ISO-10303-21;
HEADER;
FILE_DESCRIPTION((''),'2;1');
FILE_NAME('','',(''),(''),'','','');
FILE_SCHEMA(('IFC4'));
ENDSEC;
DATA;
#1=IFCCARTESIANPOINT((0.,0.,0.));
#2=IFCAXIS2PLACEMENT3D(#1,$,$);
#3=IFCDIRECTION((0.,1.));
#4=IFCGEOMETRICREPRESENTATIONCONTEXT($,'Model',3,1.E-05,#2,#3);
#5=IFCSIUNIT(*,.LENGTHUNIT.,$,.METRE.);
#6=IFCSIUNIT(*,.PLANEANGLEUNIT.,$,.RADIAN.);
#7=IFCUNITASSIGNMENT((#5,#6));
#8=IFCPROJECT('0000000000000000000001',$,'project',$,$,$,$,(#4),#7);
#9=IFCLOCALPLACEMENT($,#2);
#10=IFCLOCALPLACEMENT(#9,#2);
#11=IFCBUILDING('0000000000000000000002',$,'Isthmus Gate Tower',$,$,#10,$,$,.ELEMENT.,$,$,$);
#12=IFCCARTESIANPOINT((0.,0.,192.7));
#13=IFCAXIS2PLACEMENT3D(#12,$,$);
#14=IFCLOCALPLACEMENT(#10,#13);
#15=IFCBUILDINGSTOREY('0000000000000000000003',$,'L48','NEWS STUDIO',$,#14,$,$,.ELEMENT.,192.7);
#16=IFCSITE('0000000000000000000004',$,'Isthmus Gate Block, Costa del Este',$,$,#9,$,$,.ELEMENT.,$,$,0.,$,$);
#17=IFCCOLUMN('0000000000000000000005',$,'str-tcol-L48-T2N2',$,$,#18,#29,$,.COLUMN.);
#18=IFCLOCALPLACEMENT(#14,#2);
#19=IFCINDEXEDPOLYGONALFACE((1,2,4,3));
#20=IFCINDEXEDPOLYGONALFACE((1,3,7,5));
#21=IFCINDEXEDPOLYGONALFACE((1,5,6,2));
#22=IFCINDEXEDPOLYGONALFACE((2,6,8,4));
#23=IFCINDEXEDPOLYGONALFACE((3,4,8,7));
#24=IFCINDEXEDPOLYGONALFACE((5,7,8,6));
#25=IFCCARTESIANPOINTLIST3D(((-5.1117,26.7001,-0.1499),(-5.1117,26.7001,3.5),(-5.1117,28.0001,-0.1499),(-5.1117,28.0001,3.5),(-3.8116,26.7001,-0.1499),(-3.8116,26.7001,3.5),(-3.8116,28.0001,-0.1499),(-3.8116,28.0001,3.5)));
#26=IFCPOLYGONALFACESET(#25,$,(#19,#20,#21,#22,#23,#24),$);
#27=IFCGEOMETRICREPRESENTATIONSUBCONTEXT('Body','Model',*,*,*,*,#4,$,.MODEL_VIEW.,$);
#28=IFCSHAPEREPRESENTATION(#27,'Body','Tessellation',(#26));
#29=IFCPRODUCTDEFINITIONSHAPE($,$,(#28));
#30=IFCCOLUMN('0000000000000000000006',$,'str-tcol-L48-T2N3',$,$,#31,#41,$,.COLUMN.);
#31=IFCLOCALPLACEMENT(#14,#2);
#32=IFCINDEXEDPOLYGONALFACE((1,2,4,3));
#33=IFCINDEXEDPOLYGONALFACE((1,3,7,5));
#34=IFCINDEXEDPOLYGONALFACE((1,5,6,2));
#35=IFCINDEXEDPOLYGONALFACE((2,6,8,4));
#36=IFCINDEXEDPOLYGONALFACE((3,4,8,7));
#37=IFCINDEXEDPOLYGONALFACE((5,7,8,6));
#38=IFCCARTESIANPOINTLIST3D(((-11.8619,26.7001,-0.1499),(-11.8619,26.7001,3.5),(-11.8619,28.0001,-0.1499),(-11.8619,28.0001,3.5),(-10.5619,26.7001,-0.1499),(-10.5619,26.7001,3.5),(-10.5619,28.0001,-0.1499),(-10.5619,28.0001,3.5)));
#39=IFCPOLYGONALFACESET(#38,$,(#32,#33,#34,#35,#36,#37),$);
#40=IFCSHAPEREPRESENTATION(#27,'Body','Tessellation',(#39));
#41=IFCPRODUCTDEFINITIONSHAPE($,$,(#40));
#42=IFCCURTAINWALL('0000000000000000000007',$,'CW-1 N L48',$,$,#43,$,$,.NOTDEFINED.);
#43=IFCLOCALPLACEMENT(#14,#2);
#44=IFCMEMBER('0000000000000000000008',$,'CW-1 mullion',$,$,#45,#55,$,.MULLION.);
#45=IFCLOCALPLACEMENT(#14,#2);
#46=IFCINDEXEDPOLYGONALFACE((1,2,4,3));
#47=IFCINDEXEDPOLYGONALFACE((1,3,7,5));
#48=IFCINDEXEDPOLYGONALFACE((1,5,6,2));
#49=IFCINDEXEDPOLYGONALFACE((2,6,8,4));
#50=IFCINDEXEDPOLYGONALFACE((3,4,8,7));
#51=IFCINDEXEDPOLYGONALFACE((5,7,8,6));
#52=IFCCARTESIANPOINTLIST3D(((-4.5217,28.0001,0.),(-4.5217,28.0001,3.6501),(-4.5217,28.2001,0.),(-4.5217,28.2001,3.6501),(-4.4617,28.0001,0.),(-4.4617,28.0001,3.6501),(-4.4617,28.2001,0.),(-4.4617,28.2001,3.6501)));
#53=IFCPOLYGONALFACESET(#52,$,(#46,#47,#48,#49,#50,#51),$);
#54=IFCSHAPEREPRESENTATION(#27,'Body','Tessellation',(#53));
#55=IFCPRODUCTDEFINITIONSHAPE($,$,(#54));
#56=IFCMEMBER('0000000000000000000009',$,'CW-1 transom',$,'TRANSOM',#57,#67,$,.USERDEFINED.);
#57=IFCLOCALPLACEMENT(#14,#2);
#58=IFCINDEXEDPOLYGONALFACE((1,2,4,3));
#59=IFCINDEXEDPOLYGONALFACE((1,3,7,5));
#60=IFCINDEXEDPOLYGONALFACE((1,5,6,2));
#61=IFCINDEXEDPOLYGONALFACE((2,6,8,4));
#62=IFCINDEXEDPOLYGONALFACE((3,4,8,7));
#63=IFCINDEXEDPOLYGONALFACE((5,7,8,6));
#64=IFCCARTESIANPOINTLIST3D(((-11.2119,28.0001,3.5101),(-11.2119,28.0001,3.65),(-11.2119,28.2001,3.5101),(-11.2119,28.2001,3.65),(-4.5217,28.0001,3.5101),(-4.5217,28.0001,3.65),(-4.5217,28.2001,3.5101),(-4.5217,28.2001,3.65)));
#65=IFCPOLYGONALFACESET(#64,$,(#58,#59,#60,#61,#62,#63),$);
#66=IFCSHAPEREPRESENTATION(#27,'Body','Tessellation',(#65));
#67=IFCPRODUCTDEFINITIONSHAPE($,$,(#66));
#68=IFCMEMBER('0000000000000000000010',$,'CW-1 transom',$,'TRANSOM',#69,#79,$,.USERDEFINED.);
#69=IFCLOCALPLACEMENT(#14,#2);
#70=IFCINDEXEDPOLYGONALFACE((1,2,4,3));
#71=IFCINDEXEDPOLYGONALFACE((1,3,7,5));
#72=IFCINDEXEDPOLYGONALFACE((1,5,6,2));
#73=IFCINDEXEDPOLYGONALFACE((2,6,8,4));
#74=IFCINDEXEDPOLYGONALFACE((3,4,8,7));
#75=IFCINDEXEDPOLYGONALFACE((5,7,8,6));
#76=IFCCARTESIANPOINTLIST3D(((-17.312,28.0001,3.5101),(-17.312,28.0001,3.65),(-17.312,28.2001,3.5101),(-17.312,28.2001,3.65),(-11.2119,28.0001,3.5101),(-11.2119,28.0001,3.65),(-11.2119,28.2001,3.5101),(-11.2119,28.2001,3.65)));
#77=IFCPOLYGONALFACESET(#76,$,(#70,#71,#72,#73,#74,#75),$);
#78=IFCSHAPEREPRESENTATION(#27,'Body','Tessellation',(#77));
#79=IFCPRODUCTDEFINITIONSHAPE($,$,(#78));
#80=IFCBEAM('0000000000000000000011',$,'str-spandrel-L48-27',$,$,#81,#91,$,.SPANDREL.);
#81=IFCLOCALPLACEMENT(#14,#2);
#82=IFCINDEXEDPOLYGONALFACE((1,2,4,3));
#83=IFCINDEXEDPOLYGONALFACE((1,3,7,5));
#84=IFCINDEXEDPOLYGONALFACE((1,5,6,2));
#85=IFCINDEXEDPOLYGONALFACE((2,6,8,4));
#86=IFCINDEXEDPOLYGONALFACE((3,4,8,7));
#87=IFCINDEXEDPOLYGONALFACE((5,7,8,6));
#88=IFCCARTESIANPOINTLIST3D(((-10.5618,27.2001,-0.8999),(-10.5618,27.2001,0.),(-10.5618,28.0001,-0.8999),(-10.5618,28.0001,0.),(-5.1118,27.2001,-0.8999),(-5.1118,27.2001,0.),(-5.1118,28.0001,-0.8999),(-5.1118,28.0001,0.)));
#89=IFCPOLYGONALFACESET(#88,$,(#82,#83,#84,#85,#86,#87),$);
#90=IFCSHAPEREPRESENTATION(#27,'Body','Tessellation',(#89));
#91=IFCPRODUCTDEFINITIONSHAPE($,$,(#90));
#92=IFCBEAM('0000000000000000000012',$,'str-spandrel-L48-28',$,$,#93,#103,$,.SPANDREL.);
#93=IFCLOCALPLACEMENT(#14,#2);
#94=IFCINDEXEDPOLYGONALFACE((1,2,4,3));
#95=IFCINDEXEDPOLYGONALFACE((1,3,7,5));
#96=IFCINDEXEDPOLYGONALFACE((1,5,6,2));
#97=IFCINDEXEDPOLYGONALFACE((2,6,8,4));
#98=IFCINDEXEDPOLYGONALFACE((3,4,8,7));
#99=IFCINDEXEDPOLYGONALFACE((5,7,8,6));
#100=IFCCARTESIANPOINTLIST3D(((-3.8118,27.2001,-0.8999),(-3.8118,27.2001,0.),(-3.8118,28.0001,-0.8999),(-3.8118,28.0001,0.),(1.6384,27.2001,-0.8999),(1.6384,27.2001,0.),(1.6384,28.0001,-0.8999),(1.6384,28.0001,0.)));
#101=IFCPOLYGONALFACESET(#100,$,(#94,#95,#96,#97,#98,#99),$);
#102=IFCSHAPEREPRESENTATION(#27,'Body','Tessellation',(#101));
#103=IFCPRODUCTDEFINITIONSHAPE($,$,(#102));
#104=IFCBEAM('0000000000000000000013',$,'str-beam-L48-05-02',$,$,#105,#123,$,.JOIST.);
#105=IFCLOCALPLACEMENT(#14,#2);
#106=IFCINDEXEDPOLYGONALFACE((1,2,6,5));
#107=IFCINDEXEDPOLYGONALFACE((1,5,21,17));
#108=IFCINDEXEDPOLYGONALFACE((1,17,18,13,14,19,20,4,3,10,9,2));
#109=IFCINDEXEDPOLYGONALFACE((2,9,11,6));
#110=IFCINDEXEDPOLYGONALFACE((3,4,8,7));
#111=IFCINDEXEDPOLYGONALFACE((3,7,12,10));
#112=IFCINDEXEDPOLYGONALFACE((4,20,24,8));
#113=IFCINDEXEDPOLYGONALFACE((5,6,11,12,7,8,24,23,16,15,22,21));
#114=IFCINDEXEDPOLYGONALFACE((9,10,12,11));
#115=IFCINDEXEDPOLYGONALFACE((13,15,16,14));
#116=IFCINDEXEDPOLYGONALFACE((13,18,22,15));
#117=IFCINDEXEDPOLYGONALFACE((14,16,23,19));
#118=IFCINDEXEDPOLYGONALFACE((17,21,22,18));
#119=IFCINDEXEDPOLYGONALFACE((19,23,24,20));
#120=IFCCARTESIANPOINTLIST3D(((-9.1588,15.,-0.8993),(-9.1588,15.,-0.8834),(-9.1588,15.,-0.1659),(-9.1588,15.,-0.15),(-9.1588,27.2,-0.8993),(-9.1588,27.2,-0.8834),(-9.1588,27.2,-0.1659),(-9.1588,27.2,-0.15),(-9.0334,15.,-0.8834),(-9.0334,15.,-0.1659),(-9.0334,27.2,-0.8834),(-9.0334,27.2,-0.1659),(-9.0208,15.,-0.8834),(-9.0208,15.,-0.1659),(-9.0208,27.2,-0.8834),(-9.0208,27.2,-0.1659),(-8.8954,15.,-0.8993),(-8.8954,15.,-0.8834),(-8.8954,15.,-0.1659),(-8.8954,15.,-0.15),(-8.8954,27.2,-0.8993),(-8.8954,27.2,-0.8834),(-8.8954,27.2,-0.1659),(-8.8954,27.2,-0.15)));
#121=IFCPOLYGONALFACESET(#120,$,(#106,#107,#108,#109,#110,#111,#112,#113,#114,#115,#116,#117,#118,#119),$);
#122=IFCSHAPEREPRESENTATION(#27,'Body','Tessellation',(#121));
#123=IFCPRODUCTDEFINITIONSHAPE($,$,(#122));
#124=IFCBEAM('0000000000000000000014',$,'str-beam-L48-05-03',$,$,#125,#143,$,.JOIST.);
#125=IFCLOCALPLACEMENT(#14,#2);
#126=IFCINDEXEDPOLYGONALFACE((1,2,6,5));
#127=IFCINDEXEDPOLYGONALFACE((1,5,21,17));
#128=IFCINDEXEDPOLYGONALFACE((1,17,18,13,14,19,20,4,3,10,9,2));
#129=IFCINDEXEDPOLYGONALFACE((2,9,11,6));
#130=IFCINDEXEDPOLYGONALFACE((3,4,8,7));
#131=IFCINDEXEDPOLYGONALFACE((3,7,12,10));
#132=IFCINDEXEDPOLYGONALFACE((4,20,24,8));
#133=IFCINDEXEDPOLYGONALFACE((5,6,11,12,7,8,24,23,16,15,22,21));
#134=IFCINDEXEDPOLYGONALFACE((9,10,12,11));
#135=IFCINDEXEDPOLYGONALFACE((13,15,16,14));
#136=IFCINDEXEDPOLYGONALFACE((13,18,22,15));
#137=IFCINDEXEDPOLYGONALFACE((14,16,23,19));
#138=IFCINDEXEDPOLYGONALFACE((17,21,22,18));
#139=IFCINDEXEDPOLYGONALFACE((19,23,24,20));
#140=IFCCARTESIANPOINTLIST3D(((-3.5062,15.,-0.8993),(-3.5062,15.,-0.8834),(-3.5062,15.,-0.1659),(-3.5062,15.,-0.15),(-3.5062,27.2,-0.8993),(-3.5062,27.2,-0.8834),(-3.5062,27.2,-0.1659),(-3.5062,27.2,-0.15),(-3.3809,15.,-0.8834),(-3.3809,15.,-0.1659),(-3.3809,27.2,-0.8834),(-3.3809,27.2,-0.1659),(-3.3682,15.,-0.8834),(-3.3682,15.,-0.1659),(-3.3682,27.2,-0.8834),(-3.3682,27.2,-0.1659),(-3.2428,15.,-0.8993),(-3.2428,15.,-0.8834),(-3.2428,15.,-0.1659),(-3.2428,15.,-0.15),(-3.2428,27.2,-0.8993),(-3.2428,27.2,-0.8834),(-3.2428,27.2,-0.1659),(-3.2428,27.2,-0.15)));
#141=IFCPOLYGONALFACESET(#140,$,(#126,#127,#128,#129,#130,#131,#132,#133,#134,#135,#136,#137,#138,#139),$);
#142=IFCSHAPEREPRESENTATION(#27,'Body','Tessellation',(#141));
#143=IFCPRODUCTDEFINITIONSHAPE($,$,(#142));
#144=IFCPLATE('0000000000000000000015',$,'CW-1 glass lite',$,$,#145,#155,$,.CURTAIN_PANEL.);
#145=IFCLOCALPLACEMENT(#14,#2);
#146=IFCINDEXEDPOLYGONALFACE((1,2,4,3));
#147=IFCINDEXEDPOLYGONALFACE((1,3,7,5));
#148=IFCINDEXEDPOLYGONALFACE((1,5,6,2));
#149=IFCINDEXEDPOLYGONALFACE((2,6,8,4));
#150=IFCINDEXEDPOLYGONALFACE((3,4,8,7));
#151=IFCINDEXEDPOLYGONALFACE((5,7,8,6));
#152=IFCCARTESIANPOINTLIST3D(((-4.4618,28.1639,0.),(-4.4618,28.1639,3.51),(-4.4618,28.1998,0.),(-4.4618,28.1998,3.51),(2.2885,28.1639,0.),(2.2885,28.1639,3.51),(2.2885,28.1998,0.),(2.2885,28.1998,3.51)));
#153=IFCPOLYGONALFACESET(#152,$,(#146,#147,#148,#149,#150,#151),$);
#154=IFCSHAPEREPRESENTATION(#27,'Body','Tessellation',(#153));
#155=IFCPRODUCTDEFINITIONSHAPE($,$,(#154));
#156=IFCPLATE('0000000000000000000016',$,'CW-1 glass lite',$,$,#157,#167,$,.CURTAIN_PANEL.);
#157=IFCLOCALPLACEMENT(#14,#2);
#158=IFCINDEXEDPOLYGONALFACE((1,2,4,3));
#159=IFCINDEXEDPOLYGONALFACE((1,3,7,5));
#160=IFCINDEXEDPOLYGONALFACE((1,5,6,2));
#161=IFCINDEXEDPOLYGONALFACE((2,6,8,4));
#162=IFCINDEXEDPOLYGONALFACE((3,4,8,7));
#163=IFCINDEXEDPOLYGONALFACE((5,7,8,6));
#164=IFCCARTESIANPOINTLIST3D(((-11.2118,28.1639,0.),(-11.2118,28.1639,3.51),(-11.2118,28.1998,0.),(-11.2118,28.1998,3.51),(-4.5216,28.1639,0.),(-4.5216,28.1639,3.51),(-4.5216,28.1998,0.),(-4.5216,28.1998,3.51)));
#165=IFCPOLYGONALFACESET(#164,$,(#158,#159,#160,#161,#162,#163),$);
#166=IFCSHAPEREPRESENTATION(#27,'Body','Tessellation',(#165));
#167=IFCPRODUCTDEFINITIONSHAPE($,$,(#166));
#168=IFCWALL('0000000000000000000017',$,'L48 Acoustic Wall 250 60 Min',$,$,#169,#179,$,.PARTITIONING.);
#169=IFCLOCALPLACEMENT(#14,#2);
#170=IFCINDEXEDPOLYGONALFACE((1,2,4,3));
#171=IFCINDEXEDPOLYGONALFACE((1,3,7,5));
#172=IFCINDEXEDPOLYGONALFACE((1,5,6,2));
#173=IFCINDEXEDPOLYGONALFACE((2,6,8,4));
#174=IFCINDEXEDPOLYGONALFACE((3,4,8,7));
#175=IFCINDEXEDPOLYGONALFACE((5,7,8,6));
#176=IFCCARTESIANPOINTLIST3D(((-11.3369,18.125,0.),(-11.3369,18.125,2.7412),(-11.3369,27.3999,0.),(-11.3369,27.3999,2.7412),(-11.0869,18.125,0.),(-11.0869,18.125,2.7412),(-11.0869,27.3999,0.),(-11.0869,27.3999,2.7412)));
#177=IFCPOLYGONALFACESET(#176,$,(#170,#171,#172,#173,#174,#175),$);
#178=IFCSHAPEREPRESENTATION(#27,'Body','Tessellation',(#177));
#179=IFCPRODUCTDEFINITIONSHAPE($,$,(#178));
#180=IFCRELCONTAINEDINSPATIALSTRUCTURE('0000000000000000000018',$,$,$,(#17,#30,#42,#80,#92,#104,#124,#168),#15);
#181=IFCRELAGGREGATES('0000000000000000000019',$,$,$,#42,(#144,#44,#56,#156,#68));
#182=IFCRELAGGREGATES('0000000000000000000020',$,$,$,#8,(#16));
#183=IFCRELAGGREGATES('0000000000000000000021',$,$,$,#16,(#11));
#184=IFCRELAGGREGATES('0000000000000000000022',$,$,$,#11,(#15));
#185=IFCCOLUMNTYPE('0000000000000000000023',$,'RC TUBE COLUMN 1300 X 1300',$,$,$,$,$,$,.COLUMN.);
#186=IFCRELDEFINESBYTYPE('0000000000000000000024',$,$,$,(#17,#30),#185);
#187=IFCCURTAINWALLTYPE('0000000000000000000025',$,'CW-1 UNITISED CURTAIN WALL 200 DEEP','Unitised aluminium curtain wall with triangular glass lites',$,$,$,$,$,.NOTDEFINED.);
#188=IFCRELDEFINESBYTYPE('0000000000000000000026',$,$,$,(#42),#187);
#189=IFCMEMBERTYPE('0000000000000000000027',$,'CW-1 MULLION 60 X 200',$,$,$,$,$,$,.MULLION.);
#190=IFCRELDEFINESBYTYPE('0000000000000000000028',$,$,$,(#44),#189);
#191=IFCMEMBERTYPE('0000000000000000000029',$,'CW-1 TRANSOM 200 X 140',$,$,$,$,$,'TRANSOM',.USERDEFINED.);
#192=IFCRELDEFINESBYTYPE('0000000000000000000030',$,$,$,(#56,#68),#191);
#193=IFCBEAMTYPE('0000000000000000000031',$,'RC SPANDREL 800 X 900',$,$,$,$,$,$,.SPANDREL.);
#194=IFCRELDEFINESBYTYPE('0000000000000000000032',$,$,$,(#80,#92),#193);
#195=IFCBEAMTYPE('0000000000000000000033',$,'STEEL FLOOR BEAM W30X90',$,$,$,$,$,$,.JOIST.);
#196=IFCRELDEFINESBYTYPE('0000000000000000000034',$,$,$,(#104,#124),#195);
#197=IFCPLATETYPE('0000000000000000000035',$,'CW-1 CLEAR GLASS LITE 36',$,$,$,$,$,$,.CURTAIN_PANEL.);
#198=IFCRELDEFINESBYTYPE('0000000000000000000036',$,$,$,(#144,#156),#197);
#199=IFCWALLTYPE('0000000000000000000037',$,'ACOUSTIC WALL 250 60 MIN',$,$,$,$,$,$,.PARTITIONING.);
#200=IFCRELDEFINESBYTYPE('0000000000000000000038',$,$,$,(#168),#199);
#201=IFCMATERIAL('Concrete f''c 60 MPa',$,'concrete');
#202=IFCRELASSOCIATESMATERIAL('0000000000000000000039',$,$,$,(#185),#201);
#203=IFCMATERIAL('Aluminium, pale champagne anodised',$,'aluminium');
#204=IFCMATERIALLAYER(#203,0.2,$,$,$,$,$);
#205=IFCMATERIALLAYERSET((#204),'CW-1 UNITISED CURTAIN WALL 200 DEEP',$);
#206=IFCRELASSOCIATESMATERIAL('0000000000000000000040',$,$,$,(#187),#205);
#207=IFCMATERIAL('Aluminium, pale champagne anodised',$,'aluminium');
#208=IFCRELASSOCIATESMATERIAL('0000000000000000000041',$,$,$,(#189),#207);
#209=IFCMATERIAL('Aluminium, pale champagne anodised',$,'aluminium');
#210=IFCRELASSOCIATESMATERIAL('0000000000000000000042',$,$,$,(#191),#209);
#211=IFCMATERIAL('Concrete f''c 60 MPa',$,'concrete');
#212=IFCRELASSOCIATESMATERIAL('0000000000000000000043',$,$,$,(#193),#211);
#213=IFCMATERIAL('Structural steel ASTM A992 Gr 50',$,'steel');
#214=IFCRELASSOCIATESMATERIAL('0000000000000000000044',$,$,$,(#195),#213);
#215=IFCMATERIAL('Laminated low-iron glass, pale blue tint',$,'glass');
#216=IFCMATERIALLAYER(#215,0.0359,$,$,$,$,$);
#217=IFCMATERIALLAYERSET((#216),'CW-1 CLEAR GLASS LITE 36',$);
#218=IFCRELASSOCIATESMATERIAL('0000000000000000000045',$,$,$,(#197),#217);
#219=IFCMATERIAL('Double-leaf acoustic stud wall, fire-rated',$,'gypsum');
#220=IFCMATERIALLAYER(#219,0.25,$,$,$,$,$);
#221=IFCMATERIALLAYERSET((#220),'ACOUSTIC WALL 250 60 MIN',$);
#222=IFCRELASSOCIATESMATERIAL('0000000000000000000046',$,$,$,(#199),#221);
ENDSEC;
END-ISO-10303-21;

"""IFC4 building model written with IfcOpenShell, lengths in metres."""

from ifc_helpers import new_model, si_unit, direction, frame, frame_2d, origin, origin_2d, place, context, subcontext, project, spatial, rectangle, i_section, extrude, material, layer, layer_set, material_profile, profile_set, type_object, element, aggregate, save


model = new_model("IFC4")

# Units and contexts
model_context = context("Model", 3, precision=1e-05, world=origin(), true_north=direction((0.0, 1.0)))
body_context = subcontext(model_context, "Body", "Model", "MODEL_VIEW")
ifc_project = project(units=[si_unit("LENGTHUNIT", "METRE"), si_unit("PLANEANGLEUNIT", "RADIAN")], contexts=[model_context])

# Site, building, storey
site_placement = place(None, origin())
site = spatial("IfcSite", under=ifc_project, at=site_placement, Name="Isthmus Gate Block, Costa del Este", CompositionType="ELEMENT", RefElevation=0.0)
building_placement = place(site_placement, origin())
building = spatial("IfcBuilding", under=site, at=building_placement, Name="Isthmus Gate Tower", CompositionType="ELEMENT")
storey_placement = place(building_placement, frame((0.0, 0.0, 192.7)))
storey = spatial("IfcBuildingStorey", under=building, at=storey_placement, Name="L48", Description="NEWS STUDIO", CompositionType="ELEMENT", Elevation=192.7)

# Columns
ifc_material_1 = material(Name="Concrete f'c 60 MPa", Category="concrete")
ifc_material_profile_1 = material_profile(ifc_material_1, rectangle(XDim=1.3, YDim=1.3, at=origin_2d()), Name="RC 1300X1300")
ifc_profile_set_1 = profile_set([ifc_material_profile_1], Name="Concrete f'c 60 MPa")
column_type = type_object("IfcColumnType", Name="RC TUBE COLUMN 1300 X 1300", PredefinedType="COLUMN", material=ifc_profile_set_1)
for number, where, z_axis, x_axis, name in (
    (1, (-4.4617, 27.3501, -0.1499), (0.0, 0.0, 1.0), (-1.0, 0.0, 0.0), "str-tcol-L48-T2N2"),
    (2, (-11.2119, 27.3501, -0.1499), (0.0, 0.0, 1.0), (-1.0, 0.0, 0.0), "str-tcol-L48-T2N3"),
):
    element("IfcColumn", number, at=place(storey_placement, frame(where, z_axis=z_axis, x_axis=x_axis)), inside=storey, type_object=column_type, Name=name, PredefinedType="COLUMN", context=body_context, shape_type="SweptSolid", body=[
        extrude(rectangle(XDim=1.3, YDim=1.3, at=origin_2d()), origin(), (0.0, 0.0, 1.0), 3.6499),
    ])

# Curtain wall, members
ifc_material_2 = material(Name="Aluminium, pale champagne anodised", Category="aluminium")
ifc_layer_1 = layer(ifc_material_2, 0.2)
ifc_layer_set_1 = layer_set([ifc_layer_1], Name="CW-1 UNITISED CURTAIN WALL 200 DEEP")
curtain_wall_type = type_object("IfcCurtainWallType", Name="CW-1 UNITISED CURTAIN WALL 200 DEEP", Description="Unitised aluminium curtain wall with triangular glass lites", PredefinedType="NOTDEFINED", material=ifc_layer_set_1)
curtain_wall_placement = place(storey_placement, origin())
curtain_wall = element("IfcCurtainWall", 3, at=curtain_wall_placement, inside=storey, type_object=curtain_wall_type, Name="CW-1 N L48", PredefinedType="NOTDEFINED")
ifc_material_3 = material(Name="Aluminium, pale champagne anodised", Category="aluminium")
ifc_material_profile_2 = material_profile(ifc_material_3, rectangle(XDim=0.0601, YDim=0.2, at=origin_2d()), Name="60x200")
ifc_profile_set_2 = profile_set([ifc_material_profile_2], Name="Aluminium, pale champagne anodised")
member_type_1 = type_object("IfcMemberType", Name="CW-1 MULLION 60 X 200", PredefinedType="MULLION", material=ifc_profile_set_2)
member_1_placement = place(storey_placement, frame((-4.4917, 28.1001, 0.0), z_axis=(0.0, 0.0, 1.0), x_axis=(-1.0, 0.0, 0.0)))
member_1 = element("IfcMember", 4, at=member_1_placement, type_object=member_type_1, Name="CW-1 mullion", PredefinedType="MULLION", context=body_context, shape_type="SweptSolid", body=[
    extrude(rectangle(XDim=0.0601, YDim=0.2, at=origin_2d()), origin(), (0.0, 0.0, 1.0), 3.6501),
])
ifc_material_4 = material(Name="Aluminium, pale champagne anodised", Category="aluminium")
ifc_material_profile_3 = material_profile(ifc_material_4, rectangle(XDim=0.2, YDim=0.1399, at=origin_2d()), Name="200x140")
ifc_profile_set_3 = profile_set([ifc_material_profile_3], Name="Aluminium, pale champagne anodised")
member_type_2 = type_object("IfcMemberType", Name="CW-1 TRANSOM 200 X 140", ElementType="TRANSOM", PredefinedType="USERDEFINED", material=ifc_profile_set_3)
member_2_placement = place(storey_placement, frame((-4.5217, 28.1001, 3.5801), z_axis=(-1.0, 0.0, 0.0), x_axis=(0.0, -1.0, 0.0)))
member_2 = element("IfcMember", 5, at=member_2_placement, type_object=member_type_2, Name="CW-1 transom", ObjectType="TRANSOM", PredefinedType="USERDEFINED", context=body_context, shape_type="SweptSolid", body=[
    extrude(rectangle(XDim=0.2, YDim=0.1399, at=origin_2d()), origin(), (0.0, 0.0, 1.0), 6.6902),
])
member_3_placement = place(storey_placement, frame((-11.2119, 28.1001, 3.5801), z_axis=(-1.0, 0.0, 0.0), x_axis=(0.0, -1.0, 0.0)))
member_3 = element("IfcMember", 6, at=member_3_placement, type_object=member_type_2, Name="CW-1 transom", ObjectType="TRANSOM", PredefinedType="USERDEFINED", context=body_context, shape_type="SweptSolid", body=[
    extrude(rectangle(XDim=0.2, YDim=0.1399, at=origin_2d()), origin(), (0.0, 0.0, 1.0), 6.1001),
])

# Beams
ifc_material_5 = material(Name="Concrete f'c 60 MPa", Category="concrete")
ifc_material_profile_4 = material_profile(ifc_material_5, rectangle(XDim=0.8, YDim=0.8999, at=origin_2d()), Name="RC 800X900")
ifc_profile_set_4 = profile_set([ifc_material_profile_4], Name="Concrete f'c 60 MPa")
beam_type_1 = type_object("IfcBeamType", Name="RC SPANDREL 800 X 900", PredefinedType="SPANDREL", material=ifc_profile_set_4)
beam_1_placement = place(storey_placement, frame((-10.5618, 27.6001, -0.45), z_axis=(1.0, 0.0, 0.0), x_axis=(0.0, 1.0, 0.0)))
element("IfcBeam", 7, at=beam_1_placement, inside=storey, type_object=beam_type_1, Name="str-spandrel-L48-27", PredefinedType="SPANDREL", context=body_context, shape_type="SweptSolid", body=[
    extrude(rectangle(XDim=0.8, YDim=0.8999, at=origin_2d()), origin(), (0.0, 0.0, 1.0), 5.45),
])
beam_2_placement = place(storey_placement, frame((-3.8118, 27.6001, -0.45), z_axis=(1.0, 0.0, 0.0), x_axis=(0.0, 1.0, 0.0)))
element("IfcBeam", 8, at=beam_2_placement, inside=storey, type_object=beam_type_1, Name="str-spandrel-L48-28", PredefinedType="SPANDREL", context=body_context, shape_type="SweptSolid", body=[
    extrude(rectangle(XDim=0.8, YDim=0.8999, at=origin_2d()), origin(), (0.0, 0.0, 1.0), 5.4502),
])
ifc_material_6 = material(Name="Structural steel ASTM A992 Gr 50", Category="steel")
ifc_material_profile_5 = material_profile(ifc_material_6, i_section(OverallWidth=0.2634, OverallDepth=0.7493, WebThickness=0.0127, FlangeThickness=0.0159, at=origin_2d()), Name="W30X90")
ifc_profile_set_5 = profile_set([ifc_material_profile_5], Name="Structural steel ASTM A992 Gr 50")
beam_type_2 = type_object("IfcBeamType", Name="STEEL FLOOR BEAM W30X90", PredefinedType="JOIST", material=ifc_profile_set_5)
for number, where, z_axis, x_axis, name in (
    (9, (-9.0271, 15.0, -0.5247), (0.0, 1.0, 0.0), (-1.0, 0.0, 0.0), "str-beam-L48-05-02"),
    (10, (-3.3745, 15.0, -0.5247), (0.0, 1.0, 0.0), (-1.0, 0.0, 0.0), "str-beam-L48-05-03"),
):
    element("IfcBeam", number, at=place(storey_placement, frame(where, z_axis=z_axis, x_axis=x_axis)), inside=storey, type_object=beam_type_2, Name=name, PredefinedType="JOIST", context=body_context, shape_type="SweptSolid", body=[
        extrude(i_section(OverallWidth=0.2634, OverallDepth=0.7493, WebThickness=0.0127, FlangeThickness=0.0159, at=origin_2d()), origin(), (0.0, 0.0, 1.0), 12.2),
    ])

# Plates
ifc_material_7 = material(Name="Laminated low-iron glass, pale blue tint", Category="glass")
ifc_layer_2 = layer(ifc_material_7, 0.0359)
ifc_layer_set_2 = layer_set([ifc_layer_2], Name="CW-1 CLEAR GLASS LITE 36")
plate_type = type_object("IfcPlateType", Name="CW-1 CLEAR GLASS LITE 36", PredefinedType="CURTAIN_PANEL", material=ifc_layer_set_2)
plate_1_placement = place(storey_placement, frame((-1.0867, 28.1819, 0.0), z_axis=(0.0, 0.0, 1.0), x_axis=(-1.0, 0.0, 0.0)))
plate_1 = element("IfcPlate", 11, at=plate_1_placement, type_object=plate_type, Name="CW-1 glass lite", PredefinedType="CURTAIN_PANEL", context=body_context, shape_type="SweptSolid", body=[
    extrude(rectangle(XDim=6.7502, YDim=0.0359, at=origin_2d()), origin(), (0.0, 0.0, 1.0), 3.51),
])
plate_2_placement = place(storey_placement, frame((-7.8667, 28.1819, 0.0), z_axis=(0.0, 0.0, 1.0), x_axis=(-1.0, 0.0, 0.0)))
plate_2 = element("IfcPlate", 12, at=plate_2_placement, type_object=plate_type, Name="CW-1 glass lite", PredefinedType="CURTAIN_PANEL", context=body_context, shape_type="SweptSolid", body=[
    extrude(rectangle(XDim=6.6902, YDim=0.0359, at=origin_2d()), origin(), (0.0, 0.0, 1.0), 3.51),
])
aggregate(curtain_wall, [plate_1, member_1, member_2, plate_2, member_3])

# Wall
ifc_material_8 = material(Name="Double-leaf acoustic stud wall, fire-rated", Category="gypsum")
ifc_layer_3 = layer(ifc_material_8, 0.25)
ifc_layer_set_3 = layer_set([ifc_layer_3], Name="ACOUSTIC WALL 250 60 MIN")
wall_type_1 = type_object("IfcWallType", Name="ACOUSTIC WALL 250 60 MIN", PredefinedType="PARTITIONING", material=ifc_layer_set_3)
wall_1_placement = place(storey_placement, frame((-11.2119, 18.125, 0.0), z_axis=(0.0, 0.0, 1.0), x_axis=(0.0, 1.0, 0.0)))
element("IfcWall", 13, at=wall_1_placement, inside=storey, type_object=wall_type_1, Name="L48 Acoustic Wall 250 60 Min", PredefinedType="PARTITIONING", context=body_context, shape_type="SweptSolid", body=[
    extrude(rectangle(XDim=9.2749, YDim=0.25, at=frame_2d((4.6375, 0.0))), origin(), (0.0, 0.0, 1.0), 2.7412),
])

save(model, "model.ifc")
